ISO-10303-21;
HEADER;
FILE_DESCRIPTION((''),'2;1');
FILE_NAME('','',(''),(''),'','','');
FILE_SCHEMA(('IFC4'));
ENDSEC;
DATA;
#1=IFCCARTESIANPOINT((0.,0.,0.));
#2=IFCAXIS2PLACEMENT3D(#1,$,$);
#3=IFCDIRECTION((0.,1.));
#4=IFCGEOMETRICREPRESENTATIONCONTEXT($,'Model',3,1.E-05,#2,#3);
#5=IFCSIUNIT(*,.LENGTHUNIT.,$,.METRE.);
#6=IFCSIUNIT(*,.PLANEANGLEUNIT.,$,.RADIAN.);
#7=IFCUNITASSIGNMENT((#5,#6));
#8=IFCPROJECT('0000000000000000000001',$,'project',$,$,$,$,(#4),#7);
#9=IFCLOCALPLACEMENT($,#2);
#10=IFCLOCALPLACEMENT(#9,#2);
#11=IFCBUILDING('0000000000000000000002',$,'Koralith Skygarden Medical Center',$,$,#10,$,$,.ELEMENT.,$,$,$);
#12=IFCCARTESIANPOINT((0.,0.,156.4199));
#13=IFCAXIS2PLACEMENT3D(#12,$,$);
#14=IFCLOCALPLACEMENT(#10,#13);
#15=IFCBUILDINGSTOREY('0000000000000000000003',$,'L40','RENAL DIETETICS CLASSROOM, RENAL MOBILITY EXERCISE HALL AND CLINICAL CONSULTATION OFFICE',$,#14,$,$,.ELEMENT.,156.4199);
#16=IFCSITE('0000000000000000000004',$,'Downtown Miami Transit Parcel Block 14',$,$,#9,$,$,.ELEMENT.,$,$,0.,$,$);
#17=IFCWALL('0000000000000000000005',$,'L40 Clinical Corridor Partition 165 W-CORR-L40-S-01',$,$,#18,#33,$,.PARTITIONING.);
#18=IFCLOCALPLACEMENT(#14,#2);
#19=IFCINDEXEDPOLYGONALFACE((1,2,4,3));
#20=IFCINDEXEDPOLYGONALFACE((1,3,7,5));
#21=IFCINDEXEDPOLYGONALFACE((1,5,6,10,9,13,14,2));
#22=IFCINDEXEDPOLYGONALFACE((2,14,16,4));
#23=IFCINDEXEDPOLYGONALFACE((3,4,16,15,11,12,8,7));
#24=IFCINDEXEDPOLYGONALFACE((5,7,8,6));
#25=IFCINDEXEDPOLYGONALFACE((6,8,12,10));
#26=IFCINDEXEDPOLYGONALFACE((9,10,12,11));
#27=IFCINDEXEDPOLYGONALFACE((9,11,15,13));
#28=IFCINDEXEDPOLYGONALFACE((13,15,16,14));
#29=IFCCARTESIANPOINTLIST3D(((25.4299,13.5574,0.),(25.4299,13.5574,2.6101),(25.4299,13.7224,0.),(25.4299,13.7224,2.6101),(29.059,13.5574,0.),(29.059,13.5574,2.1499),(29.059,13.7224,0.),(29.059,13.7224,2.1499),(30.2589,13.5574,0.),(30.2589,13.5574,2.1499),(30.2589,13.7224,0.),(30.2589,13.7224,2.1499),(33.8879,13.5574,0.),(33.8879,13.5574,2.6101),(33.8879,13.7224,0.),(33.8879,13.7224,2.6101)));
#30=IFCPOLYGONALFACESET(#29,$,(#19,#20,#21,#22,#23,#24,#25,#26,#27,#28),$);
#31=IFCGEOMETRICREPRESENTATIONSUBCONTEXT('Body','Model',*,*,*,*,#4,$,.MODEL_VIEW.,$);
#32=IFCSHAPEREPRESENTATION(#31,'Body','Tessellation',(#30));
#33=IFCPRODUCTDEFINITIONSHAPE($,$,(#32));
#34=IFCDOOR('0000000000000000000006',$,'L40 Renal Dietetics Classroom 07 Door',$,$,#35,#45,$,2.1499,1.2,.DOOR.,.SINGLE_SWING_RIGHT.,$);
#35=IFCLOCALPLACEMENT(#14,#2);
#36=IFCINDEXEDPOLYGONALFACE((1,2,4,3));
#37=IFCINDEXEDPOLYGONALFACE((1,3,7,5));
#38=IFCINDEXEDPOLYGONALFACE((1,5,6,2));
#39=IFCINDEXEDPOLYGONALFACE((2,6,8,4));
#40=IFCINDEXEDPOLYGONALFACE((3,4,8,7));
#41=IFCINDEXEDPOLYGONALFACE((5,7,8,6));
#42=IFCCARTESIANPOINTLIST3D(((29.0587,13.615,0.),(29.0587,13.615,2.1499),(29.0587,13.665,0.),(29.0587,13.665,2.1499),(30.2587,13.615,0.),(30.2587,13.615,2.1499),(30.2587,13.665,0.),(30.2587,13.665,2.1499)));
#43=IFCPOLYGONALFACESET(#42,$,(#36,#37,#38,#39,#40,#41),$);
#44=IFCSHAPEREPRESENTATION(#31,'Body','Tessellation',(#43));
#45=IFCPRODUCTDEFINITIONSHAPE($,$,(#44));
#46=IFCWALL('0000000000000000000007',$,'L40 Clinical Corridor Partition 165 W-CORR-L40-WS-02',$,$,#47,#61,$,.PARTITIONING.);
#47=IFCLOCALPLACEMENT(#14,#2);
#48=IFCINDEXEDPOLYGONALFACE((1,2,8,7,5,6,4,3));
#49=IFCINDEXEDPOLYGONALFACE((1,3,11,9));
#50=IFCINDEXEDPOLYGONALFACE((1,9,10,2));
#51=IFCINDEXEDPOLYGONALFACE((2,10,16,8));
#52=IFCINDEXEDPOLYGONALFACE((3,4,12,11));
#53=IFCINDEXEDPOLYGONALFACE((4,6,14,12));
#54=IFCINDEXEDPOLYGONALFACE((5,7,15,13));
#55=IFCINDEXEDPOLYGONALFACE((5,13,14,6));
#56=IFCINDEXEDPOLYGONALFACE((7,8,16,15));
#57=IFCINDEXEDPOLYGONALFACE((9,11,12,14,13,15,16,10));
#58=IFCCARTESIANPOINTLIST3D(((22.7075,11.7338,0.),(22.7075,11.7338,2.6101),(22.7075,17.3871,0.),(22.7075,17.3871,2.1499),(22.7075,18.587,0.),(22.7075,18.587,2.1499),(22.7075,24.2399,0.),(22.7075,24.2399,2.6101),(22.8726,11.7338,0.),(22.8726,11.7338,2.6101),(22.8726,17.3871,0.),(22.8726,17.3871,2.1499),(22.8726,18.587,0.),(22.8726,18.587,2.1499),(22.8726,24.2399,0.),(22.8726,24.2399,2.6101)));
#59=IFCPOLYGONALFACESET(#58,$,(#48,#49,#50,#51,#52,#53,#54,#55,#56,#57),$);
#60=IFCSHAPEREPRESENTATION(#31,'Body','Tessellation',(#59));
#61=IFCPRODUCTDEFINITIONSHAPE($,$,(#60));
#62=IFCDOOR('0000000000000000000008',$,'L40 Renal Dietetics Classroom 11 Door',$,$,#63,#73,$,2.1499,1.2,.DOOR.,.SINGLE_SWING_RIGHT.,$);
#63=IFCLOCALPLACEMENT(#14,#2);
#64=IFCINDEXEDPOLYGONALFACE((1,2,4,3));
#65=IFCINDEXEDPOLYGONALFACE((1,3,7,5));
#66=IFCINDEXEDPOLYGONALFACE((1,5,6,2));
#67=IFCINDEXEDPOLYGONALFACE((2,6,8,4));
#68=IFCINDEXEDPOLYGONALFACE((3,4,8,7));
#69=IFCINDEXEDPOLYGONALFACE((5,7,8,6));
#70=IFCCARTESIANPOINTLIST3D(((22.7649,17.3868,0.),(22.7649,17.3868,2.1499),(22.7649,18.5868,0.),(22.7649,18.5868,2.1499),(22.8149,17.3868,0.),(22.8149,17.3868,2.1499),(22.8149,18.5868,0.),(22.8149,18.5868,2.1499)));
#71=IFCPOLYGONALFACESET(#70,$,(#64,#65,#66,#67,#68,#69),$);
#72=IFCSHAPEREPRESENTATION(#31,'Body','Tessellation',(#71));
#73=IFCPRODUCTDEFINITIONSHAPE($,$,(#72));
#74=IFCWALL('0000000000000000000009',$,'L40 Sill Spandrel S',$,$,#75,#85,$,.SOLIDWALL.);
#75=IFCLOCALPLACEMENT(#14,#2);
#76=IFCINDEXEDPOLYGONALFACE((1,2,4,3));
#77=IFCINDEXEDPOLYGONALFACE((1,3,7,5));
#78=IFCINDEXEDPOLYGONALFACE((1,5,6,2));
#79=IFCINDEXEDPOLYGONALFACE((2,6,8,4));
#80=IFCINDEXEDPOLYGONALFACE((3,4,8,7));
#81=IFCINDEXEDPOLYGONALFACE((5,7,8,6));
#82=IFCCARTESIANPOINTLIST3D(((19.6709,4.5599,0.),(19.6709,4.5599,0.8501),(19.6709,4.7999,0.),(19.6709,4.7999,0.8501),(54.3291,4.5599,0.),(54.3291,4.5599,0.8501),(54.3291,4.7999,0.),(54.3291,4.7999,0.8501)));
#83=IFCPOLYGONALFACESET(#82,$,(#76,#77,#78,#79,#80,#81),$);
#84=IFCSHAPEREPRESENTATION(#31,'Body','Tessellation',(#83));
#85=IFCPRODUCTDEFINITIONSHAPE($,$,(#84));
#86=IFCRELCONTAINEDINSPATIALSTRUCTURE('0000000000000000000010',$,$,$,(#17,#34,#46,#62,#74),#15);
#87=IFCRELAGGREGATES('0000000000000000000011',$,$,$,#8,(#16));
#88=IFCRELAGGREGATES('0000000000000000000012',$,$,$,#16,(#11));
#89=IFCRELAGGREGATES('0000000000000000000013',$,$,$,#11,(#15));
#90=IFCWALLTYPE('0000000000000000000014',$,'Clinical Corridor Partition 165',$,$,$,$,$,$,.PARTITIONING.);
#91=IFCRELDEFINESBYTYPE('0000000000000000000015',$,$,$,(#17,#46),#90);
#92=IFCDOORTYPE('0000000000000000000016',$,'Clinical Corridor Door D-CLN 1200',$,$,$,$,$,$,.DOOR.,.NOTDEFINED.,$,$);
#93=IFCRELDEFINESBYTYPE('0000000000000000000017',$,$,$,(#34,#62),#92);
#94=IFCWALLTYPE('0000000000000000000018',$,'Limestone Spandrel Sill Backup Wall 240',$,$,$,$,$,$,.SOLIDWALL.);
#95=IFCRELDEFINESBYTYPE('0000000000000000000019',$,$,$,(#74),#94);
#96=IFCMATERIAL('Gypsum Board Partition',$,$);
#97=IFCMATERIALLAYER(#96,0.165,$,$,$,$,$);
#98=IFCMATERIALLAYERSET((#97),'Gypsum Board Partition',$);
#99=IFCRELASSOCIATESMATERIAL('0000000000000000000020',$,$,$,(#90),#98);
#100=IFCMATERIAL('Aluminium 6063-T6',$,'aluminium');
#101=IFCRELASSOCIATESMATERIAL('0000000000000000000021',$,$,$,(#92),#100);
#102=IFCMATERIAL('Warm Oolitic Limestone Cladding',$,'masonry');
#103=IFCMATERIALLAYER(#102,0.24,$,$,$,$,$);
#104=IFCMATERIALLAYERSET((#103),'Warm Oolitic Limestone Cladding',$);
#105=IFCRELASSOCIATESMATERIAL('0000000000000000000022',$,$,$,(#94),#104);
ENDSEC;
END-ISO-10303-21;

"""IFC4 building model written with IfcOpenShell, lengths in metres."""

from ifc_helpers import new_model, si_unit, direction, frame, frame_2d, origin, place, context, subcontext, project, spatial, rectangle, extrude, material, layer, layer_set, type_object, element, fill, save


model = new_model("IFC4")

# Units and contexts
model_context = context("Model", 3, precision=1e-05, world=origin(), true_north=direction((0.0, 1.0)))
body_context = subcontext(model_context, "Body", "Model", "MODEL_VIEW")
ifc_project = project(units=[si_unit("LENGTHUNIT", "METRE"), si_unit("PLANEANGLEUNIT", "RADIAN")], contexts=[model_context])

# Site, building, storey
site_placement = place(None, origin())
site = spatial("IfcSite", under=ifc_project, at=site_placement, Name="Downtown Miami Transit Parcel Block 14", CompositionType="ELEMENT", RefElevation=0.0)
building_placement = place(site_placement, origin())
building = spatial("IfcBuilding", under=site, at=building_placement, Name="Koralith Skygarden Medical Center", CompositionType="ELEMENT")
storey_placement = place(building_placement, frame((0.0, 0.0, 156.4199)))
storey = spatial("IfcBuildingStorey", under=building, at=storey_placement, Name="L40", Description="RENAL DIETETICS CLASSROOM, RENAL MOBILITY EXERCISE HALL AND CLINICAL CONSULTATION OFFICE", CompositionType="ELEMENT", Elevation=156.4199)

# Shared definitions
ifc_material_1 = material(Name="Aluminium 6063-T6", Category="aluminium")

# Shared definitions
ifc_material_2 = material(Name="Gypsum Board Partition")
ifc_layer_1 = layer(ifc_material_2, 0.165)
ifc_layer_set_1 = layer_set([ifc_layer_1], Name="Gypsum Board Partition")
wall_type_1 = type_object("IfcWallType", Name="Clinical Corridor Partition 165", PredefinedType="PARTITIONING", material=ifc_layer_set_1)

# Walls, openings, doors
wall_1_placement = place(storey_placement, frame((25.4299, 13.6399, 0.0), z_axis=(0.0, 0.0, 1.0), x_axis=(1.0, 0.0, 0.0)))
wall_1 = element("IfcWall", 1, at=wall_1_placement, inside=storey, type_object=wall_type_1, Name="L40 Clinical Corridor Partition 165 W-CORR-L40-S-01", PredefinedType="PARTITIONING", context=body_context, shape_type="SweptSolid", body=[
    extrude(rectangle(XDim=8.458, YDim=0.165, at=frame_2d((4.229, 0.0))), origin(), (0.0, 0.0, 1.0), 2.6101),
])
opening_1_placement = place(wall_1_placement, frame((3.6289, 0.0, 0.0)))
opening_1 = element("IfcOpeningElement", 2, at=opening_1_placement, cuts=wall_1, PredefinedType="OPENING", context=body_context, shape_type="SweptSolid", body=[
    extrude(rectangle(XDim=1.2, YDim=2.1499, at=frame_2d((0.6001, 1.075))), frame((0.0, 0.0925, 0.0), z_axis=(0.0, -1.0, 0.0), x_axis=(1.0, 0.0, 0.0)), (0.0, 0.0, 1.0), 0.1851),
])
door_type = type_object("IfcDoorType", Name="Clinical Corridor Door D-CLN 1200", OperationType="NOTDEFINED", PredefinedType="DOOR", material=ifc_material_1)
door_1_placement = place(opening_1_placement, frame((1.2, 0.0, 0.0), z_axis=(0.0, 0.0, 1.0), x_axis=(-1.0, 0.0, 0.0)))
door_1 = element("IfcDoor", 3, at=door_1_placement, inside=storey, type_object=door_type, Name="L40 Renal Dietetics Classroom 07 Door", OperationType="SINGLE_SWING_RIGHT", OverallHeight=2.1499, OverallWidth=1.2, PredefinedType="DOOR", context=body_context, shape_type="SweptSolid", body=[
    extrude(rectangle(XDim=1.2, YDim=2.1499, at=frame_2d((0.6001, 1.075))), frame((0.0, 0.0249, 0.0), z_axis=(0.0, -1.0, 0.0), x_axis=(1.0, 0.0, 0.0)), (0.0, 0.0, 1.0), 0.05),
])
fill(opening_1, door_1)
wall_2_placement = place(storey_placement, frame((22.79, 11.7339, 0.0), z_axis=(0.0, 0.0, 1.0), x_axis=(0.0, 1.0, 0.0)))
wall_2 = element("IfcWall", 4, at=wall_2_placement, inside=storey, type_object=wall_type_1, Name="L40 Clinical Corridor Partition 165 W-CORR-L40-WS-02", PredefinedType="PARTITIONING", context=body_context, shape_type="SweptSolid", body=[
    extrude(rectangle(XDim=12.5061, YDim=0.165, at=frame_2d((6.2529, 0.0))), origin(), (0.0, 0.0, 1.0), 2.6101),
])
opening_2_placement = place(wall_2_placement, frame((5.6531, 0.0, 0.0)))
opening_2 = element("IfcOpeningElement", 5, at=opening_2_placement, cuts=wall_2, PredefinedType="OPENING", context=body_context, shape_type="SweptSolid", body=[
    extrude(rectangle(XDim=1.2, YDim=2.1499, at=frame_2d((0.6001, 1.075))), frame((0.0, 0.0925, 0.0), z_axis=(0.0, -1.0, 0.0), x_axis=(1.0, 0.0, 0.0)), (0.0, 0.0, 1.0), 0.1851),
])
door_2_placement = place(opening_2_placement, frame((1.2, 0.0, 0.0), z_axis=(0.0, 0.0, 1.0), x_axis=(-1.0, 0.0, 0.0)))
door_2 = element("IfcDoor", 6, at=door_2_placement, inside=storey, type_object=door_type, Name="L40 Renal Dietetics Classroom 11 Door", OperationType="SINGLE_SWING_RIGHT", OverallHeight=2.1499, OverallWidth=1.2, PredefinedType="DOOR", context=body_context, shape_type="SweptSolid", body=[
    extrude(rectangle(XDim=1.2, YDim=2.1499, at=frame_2d((0.6001, 1.075))), frame((0.0, 0.0249, 0.0), z_axis=(0.0, -1.0, 0.0), x_axis=(1.0, 0.0, 0.0)), (0.0, 0.0, 1.0), 0.05),
])
fill(opening_2, door_2)

# Wall
ifc_material_3 = material(Name="Warm Oolitic Limestone Cladding", Category="masonry")
ifc_layer_2 = layer(ifc_material_3, 0.24)
ifc_layer_set_2 = layer_set([ifc_layer_2], Name="Warm Oolitic Limestone Cladding")
wall_type_2 = type_object("IfcWallType", Name="Limestone Spandrel Sill Backup Wall 240", PredefinedType="SOLIDWALL", material=ifc_layer_set_2)
wall_3_placement = place(storey_placement, frame((19.6709, 4.6799, 0.0), z_axis=(0.0, 0.0, 1.0), x_axis=(1.0, 0.0, 0.0)))
element("IfcWall", 7, at=wall_3_placement, inside=storey, type_object=wall_type_2, Name="L40 Sill Spandrel S", PredefinedType="SOLIDWALL", context=body_context, shape_type="SweptSolid", body=[
    extrude(rectangle(XDim=34.6582, YDim=0.24, at=frame_2d((17.3291, 0.0))), origin(), (0.0, 0.0, 1.0), 0.8501),
])

save(model, "model.ifc")
